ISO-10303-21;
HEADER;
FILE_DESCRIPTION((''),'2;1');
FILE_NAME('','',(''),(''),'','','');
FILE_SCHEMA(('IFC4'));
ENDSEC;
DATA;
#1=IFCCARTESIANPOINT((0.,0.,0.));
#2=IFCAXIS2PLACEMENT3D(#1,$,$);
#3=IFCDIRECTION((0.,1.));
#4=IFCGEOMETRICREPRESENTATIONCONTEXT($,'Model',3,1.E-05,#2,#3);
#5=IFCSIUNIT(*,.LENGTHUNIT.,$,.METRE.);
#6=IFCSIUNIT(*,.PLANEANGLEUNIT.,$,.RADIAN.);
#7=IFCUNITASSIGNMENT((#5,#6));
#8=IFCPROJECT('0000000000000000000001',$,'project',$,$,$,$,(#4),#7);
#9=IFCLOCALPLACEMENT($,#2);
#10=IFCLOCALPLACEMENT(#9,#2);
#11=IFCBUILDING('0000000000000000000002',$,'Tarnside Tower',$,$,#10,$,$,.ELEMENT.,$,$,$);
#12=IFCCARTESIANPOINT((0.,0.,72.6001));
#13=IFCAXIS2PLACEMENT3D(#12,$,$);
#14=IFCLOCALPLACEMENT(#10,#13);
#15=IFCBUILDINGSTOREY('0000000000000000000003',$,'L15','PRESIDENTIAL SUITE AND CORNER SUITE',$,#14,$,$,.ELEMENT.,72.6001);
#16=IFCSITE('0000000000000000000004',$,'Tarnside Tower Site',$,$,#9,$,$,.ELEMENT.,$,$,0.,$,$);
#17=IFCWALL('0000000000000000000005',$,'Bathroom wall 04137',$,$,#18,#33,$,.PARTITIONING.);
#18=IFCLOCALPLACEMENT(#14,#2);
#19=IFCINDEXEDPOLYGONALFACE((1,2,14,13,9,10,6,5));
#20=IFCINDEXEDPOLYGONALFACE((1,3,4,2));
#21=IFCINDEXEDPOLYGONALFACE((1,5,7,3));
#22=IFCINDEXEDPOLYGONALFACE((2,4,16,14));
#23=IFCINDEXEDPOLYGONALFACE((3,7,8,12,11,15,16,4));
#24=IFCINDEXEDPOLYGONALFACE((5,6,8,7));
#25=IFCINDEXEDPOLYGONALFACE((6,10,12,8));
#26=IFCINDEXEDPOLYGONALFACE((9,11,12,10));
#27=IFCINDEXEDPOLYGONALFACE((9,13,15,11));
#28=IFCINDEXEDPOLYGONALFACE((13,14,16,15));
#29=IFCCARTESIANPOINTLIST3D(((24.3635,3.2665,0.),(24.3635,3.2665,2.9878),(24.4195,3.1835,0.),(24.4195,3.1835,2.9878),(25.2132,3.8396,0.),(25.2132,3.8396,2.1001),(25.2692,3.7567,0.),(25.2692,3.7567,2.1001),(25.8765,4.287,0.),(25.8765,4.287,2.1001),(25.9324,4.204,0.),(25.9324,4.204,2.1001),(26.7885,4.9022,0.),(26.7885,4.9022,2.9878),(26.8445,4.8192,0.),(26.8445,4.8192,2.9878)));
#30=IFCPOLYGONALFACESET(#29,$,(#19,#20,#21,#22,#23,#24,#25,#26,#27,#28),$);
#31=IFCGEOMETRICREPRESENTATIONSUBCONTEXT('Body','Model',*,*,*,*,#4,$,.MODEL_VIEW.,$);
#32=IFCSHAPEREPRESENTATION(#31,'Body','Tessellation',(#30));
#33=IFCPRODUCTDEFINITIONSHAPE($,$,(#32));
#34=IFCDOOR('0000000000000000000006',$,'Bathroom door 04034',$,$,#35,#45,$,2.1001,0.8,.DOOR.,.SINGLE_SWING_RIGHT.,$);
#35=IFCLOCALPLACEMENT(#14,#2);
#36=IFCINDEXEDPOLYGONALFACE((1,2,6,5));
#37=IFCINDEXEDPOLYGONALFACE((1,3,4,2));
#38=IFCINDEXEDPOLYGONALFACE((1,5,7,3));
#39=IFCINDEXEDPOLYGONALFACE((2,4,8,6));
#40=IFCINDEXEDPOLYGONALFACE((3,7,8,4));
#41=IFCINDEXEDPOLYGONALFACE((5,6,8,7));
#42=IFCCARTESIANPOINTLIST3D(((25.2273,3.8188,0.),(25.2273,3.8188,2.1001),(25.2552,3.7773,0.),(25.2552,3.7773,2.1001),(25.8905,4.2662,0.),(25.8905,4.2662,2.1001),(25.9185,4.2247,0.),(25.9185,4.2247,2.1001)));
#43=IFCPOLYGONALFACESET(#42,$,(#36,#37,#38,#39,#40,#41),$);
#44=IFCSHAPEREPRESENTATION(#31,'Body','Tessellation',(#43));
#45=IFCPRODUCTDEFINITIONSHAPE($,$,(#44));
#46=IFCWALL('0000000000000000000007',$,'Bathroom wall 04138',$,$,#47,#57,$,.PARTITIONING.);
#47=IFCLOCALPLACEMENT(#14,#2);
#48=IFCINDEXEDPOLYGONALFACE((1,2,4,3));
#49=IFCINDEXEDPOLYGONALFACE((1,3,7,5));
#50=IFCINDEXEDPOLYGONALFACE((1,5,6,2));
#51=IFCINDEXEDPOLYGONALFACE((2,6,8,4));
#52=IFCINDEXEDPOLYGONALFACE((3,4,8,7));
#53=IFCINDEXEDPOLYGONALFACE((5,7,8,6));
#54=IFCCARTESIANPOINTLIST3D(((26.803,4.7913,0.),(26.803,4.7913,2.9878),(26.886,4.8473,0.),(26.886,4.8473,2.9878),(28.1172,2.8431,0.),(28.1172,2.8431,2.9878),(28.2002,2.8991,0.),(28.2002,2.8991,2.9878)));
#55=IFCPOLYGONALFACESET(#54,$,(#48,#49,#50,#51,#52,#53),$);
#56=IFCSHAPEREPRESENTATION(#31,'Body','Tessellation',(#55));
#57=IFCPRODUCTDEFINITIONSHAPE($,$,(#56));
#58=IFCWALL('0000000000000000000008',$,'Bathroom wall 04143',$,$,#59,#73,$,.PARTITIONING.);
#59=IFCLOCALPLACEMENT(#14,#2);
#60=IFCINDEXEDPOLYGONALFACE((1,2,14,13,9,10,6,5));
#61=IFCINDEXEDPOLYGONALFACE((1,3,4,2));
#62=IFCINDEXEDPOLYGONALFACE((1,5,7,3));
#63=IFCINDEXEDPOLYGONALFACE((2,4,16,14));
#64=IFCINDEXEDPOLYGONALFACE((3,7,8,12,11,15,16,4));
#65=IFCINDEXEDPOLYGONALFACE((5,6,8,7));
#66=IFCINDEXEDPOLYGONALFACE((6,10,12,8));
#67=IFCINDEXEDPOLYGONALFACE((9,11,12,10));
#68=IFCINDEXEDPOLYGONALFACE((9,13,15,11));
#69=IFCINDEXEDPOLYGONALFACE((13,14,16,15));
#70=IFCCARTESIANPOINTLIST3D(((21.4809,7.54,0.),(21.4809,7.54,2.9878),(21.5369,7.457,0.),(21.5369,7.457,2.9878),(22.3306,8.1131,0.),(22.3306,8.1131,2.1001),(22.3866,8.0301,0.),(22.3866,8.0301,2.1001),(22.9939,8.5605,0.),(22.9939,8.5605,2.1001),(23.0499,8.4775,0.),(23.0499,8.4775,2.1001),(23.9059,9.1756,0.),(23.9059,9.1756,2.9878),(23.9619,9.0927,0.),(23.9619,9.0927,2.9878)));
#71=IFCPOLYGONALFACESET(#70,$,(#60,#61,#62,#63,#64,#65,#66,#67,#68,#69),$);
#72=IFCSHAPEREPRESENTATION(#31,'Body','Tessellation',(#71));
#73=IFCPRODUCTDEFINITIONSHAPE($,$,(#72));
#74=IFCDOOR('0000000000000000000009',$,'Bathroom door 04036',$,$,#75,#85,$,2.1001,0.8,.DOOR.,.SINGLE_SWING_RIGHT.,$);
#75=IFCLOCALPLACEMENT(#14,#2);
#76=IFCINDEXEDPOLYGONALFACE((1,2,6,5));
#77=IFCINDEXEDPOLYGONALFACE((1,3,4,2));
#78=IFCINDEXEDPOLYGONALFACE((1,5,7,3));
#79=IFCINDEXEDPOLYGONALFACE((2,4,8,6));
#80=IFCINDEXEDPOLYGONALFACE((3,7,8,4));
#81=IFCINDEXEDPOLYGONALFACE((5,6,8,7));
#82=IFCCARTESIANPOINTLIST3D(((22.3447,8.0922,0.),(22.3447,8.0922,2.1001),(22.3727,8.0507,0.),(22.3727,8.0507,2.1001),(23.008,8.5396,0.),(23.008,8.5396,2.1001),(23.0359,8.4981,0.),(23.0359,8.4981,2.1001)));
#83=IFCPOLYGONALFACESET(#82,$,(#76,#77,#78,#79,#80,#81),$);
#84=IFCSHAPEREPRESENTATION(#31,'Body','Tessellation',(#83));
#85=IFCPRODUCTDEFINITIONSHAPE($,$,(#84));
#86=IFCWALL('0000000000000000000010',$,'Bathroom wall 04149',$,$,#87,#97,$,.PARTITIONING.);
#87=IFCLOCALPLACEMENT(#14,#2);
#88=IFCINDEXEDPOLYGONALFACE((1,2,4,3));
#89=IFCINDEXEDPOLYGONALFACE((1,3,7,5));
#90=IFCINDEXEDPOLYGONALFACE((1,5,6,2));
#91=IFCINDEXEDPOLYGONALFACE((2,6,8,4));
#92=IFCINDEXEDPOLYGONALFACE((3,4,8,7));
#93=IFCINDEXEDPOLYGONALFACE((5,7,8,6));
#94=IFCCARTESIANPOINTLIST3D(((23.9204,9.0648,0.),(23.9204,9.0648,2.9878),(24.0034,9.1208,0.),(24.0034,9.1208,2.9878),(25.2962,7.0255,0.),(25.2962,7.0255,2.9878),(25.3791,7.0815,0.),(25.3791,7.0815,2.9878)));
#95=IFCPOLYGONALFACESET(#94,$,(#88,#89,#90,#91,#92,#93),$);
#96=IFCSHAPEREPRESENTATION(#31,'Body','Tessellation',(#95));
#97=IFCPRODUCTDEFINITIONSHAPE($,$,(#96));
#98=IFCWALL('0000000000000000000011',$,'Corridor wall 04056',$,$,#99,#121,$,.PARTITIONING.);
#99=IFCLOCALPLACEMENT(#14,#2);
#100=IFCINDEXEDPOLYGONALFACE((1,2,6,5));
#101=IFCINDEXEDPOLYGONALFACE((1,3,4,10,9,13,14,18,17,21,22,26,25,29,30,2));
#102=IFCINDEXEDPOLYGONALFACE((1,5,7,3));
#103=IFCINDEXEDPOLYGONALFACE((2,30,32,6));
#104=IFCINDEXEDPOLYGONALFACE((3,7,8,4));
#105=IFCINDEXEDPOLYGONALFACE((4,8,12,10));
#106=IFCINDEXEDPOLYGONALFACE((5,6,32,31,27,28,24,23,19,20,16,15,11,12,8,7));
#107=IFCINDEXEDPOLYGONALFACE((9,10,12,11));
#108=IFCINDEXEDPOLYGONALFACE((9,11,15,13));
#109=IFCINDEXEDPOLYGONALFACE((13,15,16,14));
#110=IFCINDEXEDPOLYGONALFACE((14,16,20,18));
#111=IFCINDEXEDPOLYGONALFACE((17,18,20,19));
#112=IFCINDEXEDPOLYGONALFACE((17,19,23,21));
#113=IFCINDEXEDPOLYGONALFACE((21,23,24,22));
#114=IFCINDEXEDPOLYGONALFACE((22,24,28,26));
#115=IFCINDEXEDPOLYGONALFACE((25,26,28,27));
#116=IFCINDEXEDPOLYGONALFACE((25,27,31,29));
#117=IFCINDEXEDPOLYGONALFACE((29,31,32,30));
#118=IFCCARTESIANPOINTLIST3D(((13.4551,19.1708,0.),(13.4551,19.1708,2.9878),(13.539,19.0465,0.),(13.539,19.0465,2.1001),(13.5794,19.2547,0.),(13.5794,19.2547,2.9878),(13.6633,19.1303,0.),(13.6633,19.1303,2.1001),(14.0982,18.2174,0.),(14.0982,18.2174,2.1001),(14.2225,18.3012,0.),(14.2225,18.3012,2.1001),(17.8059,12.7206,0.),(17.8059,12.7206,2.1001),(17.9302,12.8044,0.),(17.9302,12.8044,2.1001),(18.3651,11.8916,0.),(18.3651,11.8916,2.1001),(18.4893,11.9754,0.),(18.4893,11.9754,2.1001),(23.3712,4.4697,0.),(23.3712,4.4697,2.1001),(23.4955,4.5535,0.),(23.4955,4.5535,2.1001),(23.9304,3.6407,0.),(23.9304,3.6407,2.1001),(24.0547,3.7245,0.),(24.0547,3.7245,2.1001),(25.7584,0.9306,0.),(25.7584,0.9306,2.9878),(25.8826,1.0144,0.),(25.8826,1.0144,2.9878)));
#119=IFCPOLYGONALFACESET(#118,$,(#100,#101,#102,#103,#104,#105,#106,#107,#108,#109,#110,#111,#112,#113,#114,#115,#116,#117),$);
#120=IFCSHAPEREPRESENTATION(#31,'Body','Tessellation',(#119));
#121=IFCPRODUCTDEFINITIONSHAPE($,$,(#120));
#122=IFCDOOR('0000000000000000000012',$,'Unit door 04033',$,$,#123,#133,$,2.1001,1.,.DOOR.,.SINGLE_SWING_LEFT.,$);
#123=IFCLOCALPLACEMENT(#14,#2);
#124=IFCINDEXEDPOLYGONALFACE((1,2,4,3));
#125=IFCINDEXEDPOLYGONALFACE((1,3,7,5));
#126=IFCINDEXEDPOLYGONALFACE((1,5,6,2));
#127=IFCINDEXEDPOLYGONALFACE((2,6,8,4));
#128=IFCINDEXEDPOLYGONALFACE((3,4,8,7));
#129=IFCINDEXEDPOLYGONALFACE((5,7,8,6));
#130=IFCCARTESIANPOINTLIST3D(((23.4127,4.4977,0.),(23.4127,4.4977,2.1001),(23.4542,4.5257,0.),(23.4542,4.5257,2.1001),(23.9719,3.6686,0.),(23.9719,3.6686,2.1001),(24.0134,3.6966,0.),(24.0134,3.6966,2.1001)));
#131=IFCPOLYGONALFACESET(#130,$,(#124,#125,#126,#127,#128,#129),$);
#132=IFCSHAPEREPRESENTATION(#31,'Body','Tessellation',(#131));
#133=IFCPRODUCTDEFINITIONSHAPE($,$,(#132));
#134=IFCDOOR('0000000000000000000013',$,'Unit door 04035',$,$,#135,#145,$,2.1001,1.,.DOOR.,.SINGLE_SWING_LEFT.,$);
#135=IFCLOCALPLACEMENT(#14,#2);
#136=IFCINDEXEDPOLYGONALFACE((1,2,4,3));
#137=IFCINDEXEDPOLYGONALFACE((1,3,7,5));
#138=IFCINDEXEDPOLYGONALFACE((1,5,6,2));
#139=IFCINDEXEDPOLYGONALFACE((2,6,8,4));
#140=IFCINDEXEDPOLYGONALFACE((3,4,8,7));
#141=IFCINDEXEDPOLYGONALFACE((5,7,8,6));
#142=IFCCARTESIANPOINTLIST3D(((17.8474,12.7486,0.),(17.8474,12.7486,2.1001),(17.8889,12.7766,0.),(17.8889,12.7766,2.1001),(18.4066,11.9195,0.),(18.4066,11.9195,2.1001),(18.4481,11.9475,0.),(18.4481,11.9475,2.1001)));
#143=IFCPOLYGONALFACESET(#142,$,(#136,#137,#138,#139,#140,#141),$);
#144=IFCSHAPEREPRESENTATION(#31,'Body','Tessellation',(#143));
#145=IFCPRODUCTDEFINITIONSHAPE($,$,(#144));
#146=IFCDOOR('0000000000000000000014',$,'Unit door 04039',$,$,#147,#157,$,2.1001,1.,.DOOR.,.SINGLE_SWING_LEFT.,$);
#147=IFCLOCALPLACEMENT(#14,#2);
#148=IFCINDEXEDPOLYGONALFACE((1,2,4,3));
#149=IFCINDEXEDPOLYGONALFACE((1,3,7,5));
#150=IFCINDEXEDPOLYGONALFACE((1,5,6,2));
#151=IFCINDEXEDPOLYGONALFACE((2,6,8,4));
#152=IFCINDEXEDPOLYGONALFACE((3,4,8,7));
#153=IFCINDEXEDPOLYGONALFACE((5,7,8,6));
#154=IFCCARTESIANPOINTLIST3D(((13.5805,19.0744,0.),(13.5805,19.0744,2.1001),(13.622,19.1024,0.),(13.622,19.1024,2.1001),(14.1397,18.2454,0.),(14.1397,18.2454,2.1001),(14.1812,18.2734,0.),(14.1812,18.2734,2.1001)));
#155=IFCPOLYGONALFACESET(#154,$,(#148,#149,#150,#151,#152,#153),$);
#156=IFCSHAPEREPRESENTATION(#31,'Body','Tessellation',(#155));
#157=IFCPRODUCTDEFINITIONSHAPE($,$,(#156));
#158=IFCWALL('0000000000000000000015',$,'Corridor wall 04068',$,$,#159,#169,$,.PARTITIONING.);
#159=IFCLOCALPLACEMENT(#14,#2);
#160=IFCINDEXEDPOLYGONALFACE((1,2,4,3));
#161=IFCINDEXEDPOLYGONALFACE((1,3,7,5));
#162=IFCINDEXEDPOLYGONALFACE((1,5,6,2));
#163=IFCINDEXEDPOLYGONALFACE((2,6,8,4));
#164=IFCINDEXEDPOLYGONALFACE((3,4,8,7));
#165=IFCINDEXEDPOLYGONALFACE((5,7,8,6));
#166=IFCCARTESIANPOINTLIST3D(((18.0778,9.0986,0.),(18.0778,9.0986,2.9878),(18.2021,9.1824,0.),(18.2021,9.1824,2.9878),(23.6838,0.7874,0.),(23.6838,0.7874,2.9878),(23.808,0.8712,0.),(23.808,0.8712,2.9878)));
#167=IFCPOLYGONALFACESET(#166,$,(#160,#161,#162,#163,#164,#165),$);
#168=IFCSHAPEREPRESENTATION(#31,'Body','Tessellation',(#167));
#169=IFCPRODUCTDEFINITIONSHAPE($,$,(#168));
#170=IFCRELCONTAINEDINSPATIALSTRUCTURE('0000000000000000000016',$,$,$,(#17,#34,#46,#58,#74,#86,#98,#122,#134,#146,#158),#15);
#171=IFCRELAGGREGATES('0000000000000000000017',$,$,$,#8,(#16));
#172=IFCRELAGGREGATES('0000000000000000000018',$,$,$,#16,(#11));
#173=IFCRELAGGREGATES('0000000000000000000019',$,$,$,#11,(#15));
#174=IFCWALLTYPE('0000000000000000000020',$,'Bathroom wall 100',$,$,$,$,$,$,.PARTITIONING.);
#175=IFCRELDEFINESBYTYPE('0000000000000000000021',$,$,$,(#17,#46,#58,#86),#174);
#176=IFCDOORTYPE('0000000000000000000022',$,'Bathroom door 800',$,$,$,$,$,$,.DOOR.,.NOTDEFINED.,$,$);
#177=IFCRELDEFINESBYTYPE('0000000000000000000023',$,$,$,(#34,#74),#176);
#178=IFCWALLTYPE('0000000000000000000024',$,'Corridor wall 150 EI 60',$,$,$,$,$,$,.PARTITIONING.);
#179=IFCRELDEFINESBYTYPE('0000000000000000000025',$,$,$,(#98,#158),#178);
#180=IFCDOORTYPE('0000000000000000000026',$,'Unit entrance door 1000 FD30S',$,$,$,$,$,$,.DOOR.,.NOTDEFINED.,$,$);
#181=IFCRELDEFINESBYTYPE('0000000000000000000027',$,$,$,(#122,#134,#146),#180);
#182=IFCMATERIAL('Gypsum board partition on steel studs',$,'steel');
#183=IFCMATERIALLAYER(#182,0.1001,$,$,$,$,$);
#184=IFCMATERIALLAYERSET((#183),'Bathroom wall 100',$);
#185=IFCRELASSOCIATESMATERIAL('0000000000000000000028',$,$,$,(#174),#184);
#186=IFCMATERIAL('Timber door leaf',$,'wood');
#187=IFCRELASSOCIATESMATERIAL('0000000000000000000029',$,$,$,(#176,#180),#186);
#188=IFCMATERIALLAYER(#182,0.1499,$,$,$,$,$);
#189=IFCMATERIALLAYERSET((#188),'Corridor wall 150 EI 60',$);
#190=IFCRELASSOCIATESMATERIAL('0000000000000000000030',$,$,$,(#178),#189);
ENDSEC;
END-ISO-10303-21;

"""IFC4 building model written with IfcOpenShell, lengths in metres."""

from ifc_helpers import new_model, si_unit, direction, frame, frame_2d, origin, place, context, subcontext, project, spatial, rectangle, extrude, material, layer, layer_set, type_object, element, fill, save


model = new_model("IFC4")

# Units and contexts
model_context = context("Model", 3, precision=1e-05, world=origin(), true_north=direction((0.0, 1.0)))
body_context = subcontext(model_context, "Body", "Model", "MODEL_VIEW")
ifc_project = project(units=[si_unit("LENGTHUNIT", "METRE"), si_unit("PLANEANGLEUNIT", "RADIAN")], contexts=[model_context])

# Site, building, storey
site_placement = place(None, origin())
site = spatial("IfcSite", under=ifc_project, at=site_placement, Name="Tarnside Tower Site", CompositionType="ELEMENT", RefElevation=0.0)
building_placement = place(site_placement, origin())
building = spatial("IfcBuilding", under=site, at=building_placement, Name="Tarnside Tower", CompositionType="ELEMENT")
storey_placement = place(building_placement, frame((0.0, 0.0, 72.6001)))
storey = spatial("IfcBuildingStorey", under=building, at=storey_placement, Name="L15", Description="PRESIDENTIAL SUITE AND CORNER SUITE", CompositionType="ELEMENT", Elevation=72.6001)

# Wall, opening, door
ifc_material_1 = material(Name="Gypsum board partition on steel studs", Category="steel")
ifc_layer_1 = layer(ifc_material_1, 0.1001)
ifc_layer_set_1 = layer_set([ifc_layer_1], Name="Bathroom wall 100")
wall_type_1 = type_object("IfcWallType", Name="Bathroom wall 100", PredefinedType="PARTITIONING", material=ifc_layer_set_1)
wall_1_placement = place(storey_placement, frame((24.3916, 3.2251, 0.0), z_axis=(0.0, 0.0, 1.0), x_axis=(0.829033, 0.559199, 0.0)))
wall_1 = element("IfcWall", 1, at=wall_1_placement, inside=storey, type_object=wall_type_1, Name="Bathroom wall 04137", PredefinedType="PARTITIONING", context=body_context, shape_type="SweptSolid", body=[
    extrude(rectangle(XDim=2.925, YDim=0.1001, at=frame_2d((1.4624, 0.0))), origin(), (0.0, 0.0, 1.0), 2.9878),
])
opening_1_placement = place(wall_1_placement, frame((1.0249, 0.0, 0.0)))
opening_1 = element("IfcOpeningElement", 2, at=opening_1_placement, cuts=wall_1, PredefinedType="OPENING", context=body_context, shape_type="SweptSolid", body=[
    extrude(rectangle(XDim=0.8, YDim=2.1001, at=frame_2d((0.3999, 1.05))), frame((0.0, 0.0601, 0.0), z_axis=(0.0, -1.0, 0.0), x_axis=(1.0, 0.0, 0.0)), (0.0, 0.0, 1.0), 0.1201),
])
ifc_material_2 = material(Name="Timber door leaf", Category="wood")
door_type_1 = type_object("IfcDoorType", Name="Bathroom door 800", OperationType="NOTDEFINED", PredefinedType="DOOR", material=ifc_material_2)
door_1_placement = place(opening_1_placement, origin())
door_1 = element("IfcDoor", 3, at=door_1_placement, inside=storey, type_object=door_type_1, Name="Bathroom door 04034", OperationType="SINGLE_SWING_RIGHT", OverallHeight=2.1001, OverallWidth=0.8, PredefinedType="DOOR", context=body_context, shape_type="SweptSolid", body=[
    extrude(rectangle(XDim=0.8, YDim=2.1001, at=frame_2d((0.3999, 1.05))), frame((0.0, 0.0249, 0.0), z_axis=(0.0, -1.0, 0.0), x_axis=(1.0, 0.0, 0.0)), (0.0, 0.0, 1.0), 0.05),
])
fill(opening_1, door_1)

# Wall
wall_2_placement = place(storey_placement, frame((26.8445, 4.8193, 0.0), z_axis=(0.0, 0.0, 1.0), x_axis=(0.559223, -0.829017, 0.0)))
element("IfcWall", 4, at=wall_2_placement, inside=storey, type_object=wall_type_1, Name="Bathroom wall 04138", PredefinedType="PARTITIONING", context=body_context, shape_type="SweptSolid", body=[
    extrude(rectangle(XDim=2.3501, YDim=0.1001, at=frame_2d((1.175, 0.0))), origin(), (0.0, 0.0, 1.0), 2.9878),
])

# Wall, opening, door
wall_3_placement = place(storey_placement, frame((21.509, 7.4985, 0.0), z_axis=(0.0, 0.0, 1.0), x_axis=(0.829033, 0.559199, 0.0)))
wall_3 = element("IfcWall", 5, at=wall_3_placement, inside=storey, type_object=wall_type_1, Name="Bathroom wall 04143", PredefinedType="PARTITIONING", context=body_context, shape_type="SweptSolid", body=[
    extrude(rectangle(XDim=2.925, YDim=0.1001, at=frame_2d((1.4624, 0.0))), origin(), (0.0, 0.0, 1.0), 2.9878),
])
opening_2_placement = place(wall_3_placement, frame((1.0249, 0.0, 0.0)))
opening_2 = element("IfcOpeningElement", 6, at=opening_2_placement, cuts=wall_3, PredefinedType="OPENING", context=body_context, shape_type="SweptSolid", body=[
    extrude(rectangle(XDim=0.8, YDim=2.1001, at=frame_2d((0.3999, 1.05))), frame((0.0, 0.0601, 0.0), z_axis=(0.0, -1.0, 0.0), x_axis=(1.0, 0.0, 0.0)), (0.0, 0.0, 1.0), 0.1201),
])
door_2_placement = place(opening_2_placement, origin())
door_2 = element("IfcDoor", 7, at=door_2_placement, inside=storey, type_object=door_type_1, Name="Bathroom door 04036", OperationType="SINGLE_SWING_RIGHT", OverallHeight=2.1001, OverallWidth=0.8, PredefinedType="DOOR", context=body_context, shape_type="SweptSolid", body=[
    extrude(rectangle(XDim=0.8, YDim=2.1001, at=frame_2d((0.3999, 1.05))), frame((0.0, 0.0249, 0.0), z_axis=(0.0, -1.0, 0.0), x_axis=(1.0, 0.0, 0.0)), (0.0, 0.0, 1.0), 0.05),
])
fill(opening_2, door_2)

# Wall
wall_4_placement = place(storey_placement, frame((25.3376, 7.0535, 0.0), z_axis=(0.0, 0.0, 1.0), x_axis=(-0.55925, 0.828999, 0.0)))
element("IfcWall", 8, at=wall_4_placement, inside=storey, type_object=wall_type_1, Name="Bathroom wall 04149", PredefinedType="PARTITIONING", context=body_context, shape_type="SweptSolid", body=[
    extrude(rectangle(XDim=2.46, YDim=0.1001, at=frame_2d((1.23, 0.0))), origin(), (0.0, 0.0, 1.0), 2.9878),
])

# Wall, openings, doors
ifc_layer_2 = layer(ifc_material_1, 0.1499)
ifc_layer_set_2 = layer_set([ifc_layer_2], Name="Corridor wall 150 EI 60")
wall_type_2 = type_object("IfcWallType", Name="Corridor wall 150 EI 60", PredefinedType="PARTITIONING", material=ifc_layer_set_2)
wall_5_placement = place(storey_placement, frame((25.8206, 0.9724, 0.0), z_axis=(0.0, 0.0, 1.0), x_axis=(-0.559194, 0.829037, 0.0)))
wall_5 = element("IfcWall", 9, at=wall_5_placement, inside=storey, type_object=wall_type_2, Name="Corridor wall 04056", PredefinedType="PARTITIONING", context=body_context, shape_type="SweptSolid", body=[
    extrude(rectangle(XDim=22.0017, YDim=0.1499, at=frame_2d((11.001, 0.0))), origin(), (0.0, 0.0, 1.0), 2.9878),
])
opening_3_placement = place(wall_5_placement, frame((3.269, 0.0, 0.0)))
opening_3 = element("IfcOpeningElement", 10, at=opening_3_placement, cuts=wall_5, PredefinedType="OPENING", context=body_context, shape_type="SweptSolid", body=[
    extrude(rectangle(XDim=1.0, YDim=2.1001, at=frame_2d((0.5, 1.05))), frame((0.0, 0.085, 0.0), z_axis=(0.0, -1.0, 0.0), x_axis=(1.0, 0.0, 0.0)), (0.0, 0.0, 1.0), 0.1699),
])
opening_4_placement = place(wall_5_placement, frame((13.2214, 0.0, 0.0)))
opening_4 = element("IfcOpeningElement", 11, at=opening_4_placement, cuts=wall_5, PredefinedType="OPENING", context=body_context, shape_type="SweptSolid", body=[
    extrude(rectangle(XDim=1.0, YDim=2.1001, at=frame_2d((0.5, 1.05))), frame((0.0, 0.085, 0.0), z_axis=(0.0, -1.0, 0.0), x_axis=(1.0, 0.0, 0.0)), (0.0, 0.0, 1.0), 0.1699),
])
opening_5_placement = place(wall_5_placement, frame((20.8518, 0.0, 0.0)))
opening_5 = element("IfcOpeningElement", 12, at=opening_5_placement, cuts=wall_5, PredefinedType="OPENING", context=body_context, shape_type="SweptSolid", body=[
    extrude(rectangle(XDim=1.0, YDim=2.1001, at=frame_2d((0.5, 1.05))), frame((0.0, 0.085, 0.0), z_axis=(0.0, -1.0, 0.0), x_axis=(1.0, 0.0, 0.0)), (0.0, 0.0, 1.0), 0.1699),
])
door_type_2 = type_object("IfcDoorType", Name="Unit entrance door 1000 FD30S", OperationType="NOTDEFINED", PredefinedType="DOOR", material=ifc_material_2)
door_3_placement = place(opening_3_placement, origin())
door_3 = element("IfcDoor", 13, at=door_3_placement, inside=storey, type_object=door_type_2, Name="Unit door 04033", OperationType="SINGLE_SWING_LEFT", OverallHeight=2.1001, OverallWidth=1.0, PredefinedType="DOOR", context=body_context, shape_type="SweptSolid", body=[
    extrude(rectangle(XDim=1.0, YDim=2.1001, at=frame_2d((0.5, 1.05))), frame((0.0, 0.0249, 0.0), z_axis=(0.0, -1.0, 0.0), x_axis=(1.0, 0.0, 0.0)), (0.0, 0.0, 1.0), 0.05),
])
fill(opening_3, door_3)
door_4_placement = place(opening_4_placement, origin())
door_4 = element("IfcDoor", 14, at=door_4_placement, inside=storey, type_object=door_type_2, Name="Unit door 04035", OperationType="SINGLE_SWING_LEFT", OverallHeight=2.1001, OverallWidth=1.0, PredefinedType="DOOR", context=body_context, shape_type="SweptSolid", body=[
    extrude(rectangle(XDim=1.0, YDim=2.1001, at=frame_2d((0.5, 1.05))), frame((0.0, 0.0249, 0.0), z_axis=(0.0, -1.0, 0.0), x_axis=(1.0, 0.0, 0.0)), (0.0, 0.0, 1.0), 0.05),
])
fill(opening_4, door_4)
door_5_placement = place(opening_5_placement, origin())
door_5 = element("IfcDoor", 15, at=door_5_placement, inside=storey, type_object=door_type_2, Name="Unit door 04039", OperationType="SINGLE_SWING_LEFT", OverallHeight=2.1001, OverallWidth=1.0, PredefinedType="DOOR", context=body_context, shape_type="SweptSolid", body=[
    extrude(rectangle(XDim=1.0, YDim=2.1001, at=frame_2d((0.5, 1.05))), frame((0.0, 0.0249, 0.0), z_axis=(0.0, -1.0, 0.0), x_axis=(1.0, 0.0, 0.0)), (0.0, 0.0, 1.0), 0.05),
])
fill(opening_5, door_5)

# Wall
wall_6_placement = place(storey_placement, frame((18.1399, 9.1406, 0.0), z_axis=(0.0, 0.0, 1.0), x_axis=(0.559188, -0.829041, 0.0)))
element("IfcWall", 16, at=wall_6_placement, inside=storey, type_object=wall_type_2, Name="Corridor wall 04068", PredefinedType="PARTITIONING", context=body_context, shape_type="SweptSolid", body=[
    extrude(rectangle(XDim=10.0251, YDim=0.1499, at=frame_2d((5.0127, 0.0))), origin(), (0.0, 0.0, 1.0), 2.9878),
])

save(model, "model.ifc")
